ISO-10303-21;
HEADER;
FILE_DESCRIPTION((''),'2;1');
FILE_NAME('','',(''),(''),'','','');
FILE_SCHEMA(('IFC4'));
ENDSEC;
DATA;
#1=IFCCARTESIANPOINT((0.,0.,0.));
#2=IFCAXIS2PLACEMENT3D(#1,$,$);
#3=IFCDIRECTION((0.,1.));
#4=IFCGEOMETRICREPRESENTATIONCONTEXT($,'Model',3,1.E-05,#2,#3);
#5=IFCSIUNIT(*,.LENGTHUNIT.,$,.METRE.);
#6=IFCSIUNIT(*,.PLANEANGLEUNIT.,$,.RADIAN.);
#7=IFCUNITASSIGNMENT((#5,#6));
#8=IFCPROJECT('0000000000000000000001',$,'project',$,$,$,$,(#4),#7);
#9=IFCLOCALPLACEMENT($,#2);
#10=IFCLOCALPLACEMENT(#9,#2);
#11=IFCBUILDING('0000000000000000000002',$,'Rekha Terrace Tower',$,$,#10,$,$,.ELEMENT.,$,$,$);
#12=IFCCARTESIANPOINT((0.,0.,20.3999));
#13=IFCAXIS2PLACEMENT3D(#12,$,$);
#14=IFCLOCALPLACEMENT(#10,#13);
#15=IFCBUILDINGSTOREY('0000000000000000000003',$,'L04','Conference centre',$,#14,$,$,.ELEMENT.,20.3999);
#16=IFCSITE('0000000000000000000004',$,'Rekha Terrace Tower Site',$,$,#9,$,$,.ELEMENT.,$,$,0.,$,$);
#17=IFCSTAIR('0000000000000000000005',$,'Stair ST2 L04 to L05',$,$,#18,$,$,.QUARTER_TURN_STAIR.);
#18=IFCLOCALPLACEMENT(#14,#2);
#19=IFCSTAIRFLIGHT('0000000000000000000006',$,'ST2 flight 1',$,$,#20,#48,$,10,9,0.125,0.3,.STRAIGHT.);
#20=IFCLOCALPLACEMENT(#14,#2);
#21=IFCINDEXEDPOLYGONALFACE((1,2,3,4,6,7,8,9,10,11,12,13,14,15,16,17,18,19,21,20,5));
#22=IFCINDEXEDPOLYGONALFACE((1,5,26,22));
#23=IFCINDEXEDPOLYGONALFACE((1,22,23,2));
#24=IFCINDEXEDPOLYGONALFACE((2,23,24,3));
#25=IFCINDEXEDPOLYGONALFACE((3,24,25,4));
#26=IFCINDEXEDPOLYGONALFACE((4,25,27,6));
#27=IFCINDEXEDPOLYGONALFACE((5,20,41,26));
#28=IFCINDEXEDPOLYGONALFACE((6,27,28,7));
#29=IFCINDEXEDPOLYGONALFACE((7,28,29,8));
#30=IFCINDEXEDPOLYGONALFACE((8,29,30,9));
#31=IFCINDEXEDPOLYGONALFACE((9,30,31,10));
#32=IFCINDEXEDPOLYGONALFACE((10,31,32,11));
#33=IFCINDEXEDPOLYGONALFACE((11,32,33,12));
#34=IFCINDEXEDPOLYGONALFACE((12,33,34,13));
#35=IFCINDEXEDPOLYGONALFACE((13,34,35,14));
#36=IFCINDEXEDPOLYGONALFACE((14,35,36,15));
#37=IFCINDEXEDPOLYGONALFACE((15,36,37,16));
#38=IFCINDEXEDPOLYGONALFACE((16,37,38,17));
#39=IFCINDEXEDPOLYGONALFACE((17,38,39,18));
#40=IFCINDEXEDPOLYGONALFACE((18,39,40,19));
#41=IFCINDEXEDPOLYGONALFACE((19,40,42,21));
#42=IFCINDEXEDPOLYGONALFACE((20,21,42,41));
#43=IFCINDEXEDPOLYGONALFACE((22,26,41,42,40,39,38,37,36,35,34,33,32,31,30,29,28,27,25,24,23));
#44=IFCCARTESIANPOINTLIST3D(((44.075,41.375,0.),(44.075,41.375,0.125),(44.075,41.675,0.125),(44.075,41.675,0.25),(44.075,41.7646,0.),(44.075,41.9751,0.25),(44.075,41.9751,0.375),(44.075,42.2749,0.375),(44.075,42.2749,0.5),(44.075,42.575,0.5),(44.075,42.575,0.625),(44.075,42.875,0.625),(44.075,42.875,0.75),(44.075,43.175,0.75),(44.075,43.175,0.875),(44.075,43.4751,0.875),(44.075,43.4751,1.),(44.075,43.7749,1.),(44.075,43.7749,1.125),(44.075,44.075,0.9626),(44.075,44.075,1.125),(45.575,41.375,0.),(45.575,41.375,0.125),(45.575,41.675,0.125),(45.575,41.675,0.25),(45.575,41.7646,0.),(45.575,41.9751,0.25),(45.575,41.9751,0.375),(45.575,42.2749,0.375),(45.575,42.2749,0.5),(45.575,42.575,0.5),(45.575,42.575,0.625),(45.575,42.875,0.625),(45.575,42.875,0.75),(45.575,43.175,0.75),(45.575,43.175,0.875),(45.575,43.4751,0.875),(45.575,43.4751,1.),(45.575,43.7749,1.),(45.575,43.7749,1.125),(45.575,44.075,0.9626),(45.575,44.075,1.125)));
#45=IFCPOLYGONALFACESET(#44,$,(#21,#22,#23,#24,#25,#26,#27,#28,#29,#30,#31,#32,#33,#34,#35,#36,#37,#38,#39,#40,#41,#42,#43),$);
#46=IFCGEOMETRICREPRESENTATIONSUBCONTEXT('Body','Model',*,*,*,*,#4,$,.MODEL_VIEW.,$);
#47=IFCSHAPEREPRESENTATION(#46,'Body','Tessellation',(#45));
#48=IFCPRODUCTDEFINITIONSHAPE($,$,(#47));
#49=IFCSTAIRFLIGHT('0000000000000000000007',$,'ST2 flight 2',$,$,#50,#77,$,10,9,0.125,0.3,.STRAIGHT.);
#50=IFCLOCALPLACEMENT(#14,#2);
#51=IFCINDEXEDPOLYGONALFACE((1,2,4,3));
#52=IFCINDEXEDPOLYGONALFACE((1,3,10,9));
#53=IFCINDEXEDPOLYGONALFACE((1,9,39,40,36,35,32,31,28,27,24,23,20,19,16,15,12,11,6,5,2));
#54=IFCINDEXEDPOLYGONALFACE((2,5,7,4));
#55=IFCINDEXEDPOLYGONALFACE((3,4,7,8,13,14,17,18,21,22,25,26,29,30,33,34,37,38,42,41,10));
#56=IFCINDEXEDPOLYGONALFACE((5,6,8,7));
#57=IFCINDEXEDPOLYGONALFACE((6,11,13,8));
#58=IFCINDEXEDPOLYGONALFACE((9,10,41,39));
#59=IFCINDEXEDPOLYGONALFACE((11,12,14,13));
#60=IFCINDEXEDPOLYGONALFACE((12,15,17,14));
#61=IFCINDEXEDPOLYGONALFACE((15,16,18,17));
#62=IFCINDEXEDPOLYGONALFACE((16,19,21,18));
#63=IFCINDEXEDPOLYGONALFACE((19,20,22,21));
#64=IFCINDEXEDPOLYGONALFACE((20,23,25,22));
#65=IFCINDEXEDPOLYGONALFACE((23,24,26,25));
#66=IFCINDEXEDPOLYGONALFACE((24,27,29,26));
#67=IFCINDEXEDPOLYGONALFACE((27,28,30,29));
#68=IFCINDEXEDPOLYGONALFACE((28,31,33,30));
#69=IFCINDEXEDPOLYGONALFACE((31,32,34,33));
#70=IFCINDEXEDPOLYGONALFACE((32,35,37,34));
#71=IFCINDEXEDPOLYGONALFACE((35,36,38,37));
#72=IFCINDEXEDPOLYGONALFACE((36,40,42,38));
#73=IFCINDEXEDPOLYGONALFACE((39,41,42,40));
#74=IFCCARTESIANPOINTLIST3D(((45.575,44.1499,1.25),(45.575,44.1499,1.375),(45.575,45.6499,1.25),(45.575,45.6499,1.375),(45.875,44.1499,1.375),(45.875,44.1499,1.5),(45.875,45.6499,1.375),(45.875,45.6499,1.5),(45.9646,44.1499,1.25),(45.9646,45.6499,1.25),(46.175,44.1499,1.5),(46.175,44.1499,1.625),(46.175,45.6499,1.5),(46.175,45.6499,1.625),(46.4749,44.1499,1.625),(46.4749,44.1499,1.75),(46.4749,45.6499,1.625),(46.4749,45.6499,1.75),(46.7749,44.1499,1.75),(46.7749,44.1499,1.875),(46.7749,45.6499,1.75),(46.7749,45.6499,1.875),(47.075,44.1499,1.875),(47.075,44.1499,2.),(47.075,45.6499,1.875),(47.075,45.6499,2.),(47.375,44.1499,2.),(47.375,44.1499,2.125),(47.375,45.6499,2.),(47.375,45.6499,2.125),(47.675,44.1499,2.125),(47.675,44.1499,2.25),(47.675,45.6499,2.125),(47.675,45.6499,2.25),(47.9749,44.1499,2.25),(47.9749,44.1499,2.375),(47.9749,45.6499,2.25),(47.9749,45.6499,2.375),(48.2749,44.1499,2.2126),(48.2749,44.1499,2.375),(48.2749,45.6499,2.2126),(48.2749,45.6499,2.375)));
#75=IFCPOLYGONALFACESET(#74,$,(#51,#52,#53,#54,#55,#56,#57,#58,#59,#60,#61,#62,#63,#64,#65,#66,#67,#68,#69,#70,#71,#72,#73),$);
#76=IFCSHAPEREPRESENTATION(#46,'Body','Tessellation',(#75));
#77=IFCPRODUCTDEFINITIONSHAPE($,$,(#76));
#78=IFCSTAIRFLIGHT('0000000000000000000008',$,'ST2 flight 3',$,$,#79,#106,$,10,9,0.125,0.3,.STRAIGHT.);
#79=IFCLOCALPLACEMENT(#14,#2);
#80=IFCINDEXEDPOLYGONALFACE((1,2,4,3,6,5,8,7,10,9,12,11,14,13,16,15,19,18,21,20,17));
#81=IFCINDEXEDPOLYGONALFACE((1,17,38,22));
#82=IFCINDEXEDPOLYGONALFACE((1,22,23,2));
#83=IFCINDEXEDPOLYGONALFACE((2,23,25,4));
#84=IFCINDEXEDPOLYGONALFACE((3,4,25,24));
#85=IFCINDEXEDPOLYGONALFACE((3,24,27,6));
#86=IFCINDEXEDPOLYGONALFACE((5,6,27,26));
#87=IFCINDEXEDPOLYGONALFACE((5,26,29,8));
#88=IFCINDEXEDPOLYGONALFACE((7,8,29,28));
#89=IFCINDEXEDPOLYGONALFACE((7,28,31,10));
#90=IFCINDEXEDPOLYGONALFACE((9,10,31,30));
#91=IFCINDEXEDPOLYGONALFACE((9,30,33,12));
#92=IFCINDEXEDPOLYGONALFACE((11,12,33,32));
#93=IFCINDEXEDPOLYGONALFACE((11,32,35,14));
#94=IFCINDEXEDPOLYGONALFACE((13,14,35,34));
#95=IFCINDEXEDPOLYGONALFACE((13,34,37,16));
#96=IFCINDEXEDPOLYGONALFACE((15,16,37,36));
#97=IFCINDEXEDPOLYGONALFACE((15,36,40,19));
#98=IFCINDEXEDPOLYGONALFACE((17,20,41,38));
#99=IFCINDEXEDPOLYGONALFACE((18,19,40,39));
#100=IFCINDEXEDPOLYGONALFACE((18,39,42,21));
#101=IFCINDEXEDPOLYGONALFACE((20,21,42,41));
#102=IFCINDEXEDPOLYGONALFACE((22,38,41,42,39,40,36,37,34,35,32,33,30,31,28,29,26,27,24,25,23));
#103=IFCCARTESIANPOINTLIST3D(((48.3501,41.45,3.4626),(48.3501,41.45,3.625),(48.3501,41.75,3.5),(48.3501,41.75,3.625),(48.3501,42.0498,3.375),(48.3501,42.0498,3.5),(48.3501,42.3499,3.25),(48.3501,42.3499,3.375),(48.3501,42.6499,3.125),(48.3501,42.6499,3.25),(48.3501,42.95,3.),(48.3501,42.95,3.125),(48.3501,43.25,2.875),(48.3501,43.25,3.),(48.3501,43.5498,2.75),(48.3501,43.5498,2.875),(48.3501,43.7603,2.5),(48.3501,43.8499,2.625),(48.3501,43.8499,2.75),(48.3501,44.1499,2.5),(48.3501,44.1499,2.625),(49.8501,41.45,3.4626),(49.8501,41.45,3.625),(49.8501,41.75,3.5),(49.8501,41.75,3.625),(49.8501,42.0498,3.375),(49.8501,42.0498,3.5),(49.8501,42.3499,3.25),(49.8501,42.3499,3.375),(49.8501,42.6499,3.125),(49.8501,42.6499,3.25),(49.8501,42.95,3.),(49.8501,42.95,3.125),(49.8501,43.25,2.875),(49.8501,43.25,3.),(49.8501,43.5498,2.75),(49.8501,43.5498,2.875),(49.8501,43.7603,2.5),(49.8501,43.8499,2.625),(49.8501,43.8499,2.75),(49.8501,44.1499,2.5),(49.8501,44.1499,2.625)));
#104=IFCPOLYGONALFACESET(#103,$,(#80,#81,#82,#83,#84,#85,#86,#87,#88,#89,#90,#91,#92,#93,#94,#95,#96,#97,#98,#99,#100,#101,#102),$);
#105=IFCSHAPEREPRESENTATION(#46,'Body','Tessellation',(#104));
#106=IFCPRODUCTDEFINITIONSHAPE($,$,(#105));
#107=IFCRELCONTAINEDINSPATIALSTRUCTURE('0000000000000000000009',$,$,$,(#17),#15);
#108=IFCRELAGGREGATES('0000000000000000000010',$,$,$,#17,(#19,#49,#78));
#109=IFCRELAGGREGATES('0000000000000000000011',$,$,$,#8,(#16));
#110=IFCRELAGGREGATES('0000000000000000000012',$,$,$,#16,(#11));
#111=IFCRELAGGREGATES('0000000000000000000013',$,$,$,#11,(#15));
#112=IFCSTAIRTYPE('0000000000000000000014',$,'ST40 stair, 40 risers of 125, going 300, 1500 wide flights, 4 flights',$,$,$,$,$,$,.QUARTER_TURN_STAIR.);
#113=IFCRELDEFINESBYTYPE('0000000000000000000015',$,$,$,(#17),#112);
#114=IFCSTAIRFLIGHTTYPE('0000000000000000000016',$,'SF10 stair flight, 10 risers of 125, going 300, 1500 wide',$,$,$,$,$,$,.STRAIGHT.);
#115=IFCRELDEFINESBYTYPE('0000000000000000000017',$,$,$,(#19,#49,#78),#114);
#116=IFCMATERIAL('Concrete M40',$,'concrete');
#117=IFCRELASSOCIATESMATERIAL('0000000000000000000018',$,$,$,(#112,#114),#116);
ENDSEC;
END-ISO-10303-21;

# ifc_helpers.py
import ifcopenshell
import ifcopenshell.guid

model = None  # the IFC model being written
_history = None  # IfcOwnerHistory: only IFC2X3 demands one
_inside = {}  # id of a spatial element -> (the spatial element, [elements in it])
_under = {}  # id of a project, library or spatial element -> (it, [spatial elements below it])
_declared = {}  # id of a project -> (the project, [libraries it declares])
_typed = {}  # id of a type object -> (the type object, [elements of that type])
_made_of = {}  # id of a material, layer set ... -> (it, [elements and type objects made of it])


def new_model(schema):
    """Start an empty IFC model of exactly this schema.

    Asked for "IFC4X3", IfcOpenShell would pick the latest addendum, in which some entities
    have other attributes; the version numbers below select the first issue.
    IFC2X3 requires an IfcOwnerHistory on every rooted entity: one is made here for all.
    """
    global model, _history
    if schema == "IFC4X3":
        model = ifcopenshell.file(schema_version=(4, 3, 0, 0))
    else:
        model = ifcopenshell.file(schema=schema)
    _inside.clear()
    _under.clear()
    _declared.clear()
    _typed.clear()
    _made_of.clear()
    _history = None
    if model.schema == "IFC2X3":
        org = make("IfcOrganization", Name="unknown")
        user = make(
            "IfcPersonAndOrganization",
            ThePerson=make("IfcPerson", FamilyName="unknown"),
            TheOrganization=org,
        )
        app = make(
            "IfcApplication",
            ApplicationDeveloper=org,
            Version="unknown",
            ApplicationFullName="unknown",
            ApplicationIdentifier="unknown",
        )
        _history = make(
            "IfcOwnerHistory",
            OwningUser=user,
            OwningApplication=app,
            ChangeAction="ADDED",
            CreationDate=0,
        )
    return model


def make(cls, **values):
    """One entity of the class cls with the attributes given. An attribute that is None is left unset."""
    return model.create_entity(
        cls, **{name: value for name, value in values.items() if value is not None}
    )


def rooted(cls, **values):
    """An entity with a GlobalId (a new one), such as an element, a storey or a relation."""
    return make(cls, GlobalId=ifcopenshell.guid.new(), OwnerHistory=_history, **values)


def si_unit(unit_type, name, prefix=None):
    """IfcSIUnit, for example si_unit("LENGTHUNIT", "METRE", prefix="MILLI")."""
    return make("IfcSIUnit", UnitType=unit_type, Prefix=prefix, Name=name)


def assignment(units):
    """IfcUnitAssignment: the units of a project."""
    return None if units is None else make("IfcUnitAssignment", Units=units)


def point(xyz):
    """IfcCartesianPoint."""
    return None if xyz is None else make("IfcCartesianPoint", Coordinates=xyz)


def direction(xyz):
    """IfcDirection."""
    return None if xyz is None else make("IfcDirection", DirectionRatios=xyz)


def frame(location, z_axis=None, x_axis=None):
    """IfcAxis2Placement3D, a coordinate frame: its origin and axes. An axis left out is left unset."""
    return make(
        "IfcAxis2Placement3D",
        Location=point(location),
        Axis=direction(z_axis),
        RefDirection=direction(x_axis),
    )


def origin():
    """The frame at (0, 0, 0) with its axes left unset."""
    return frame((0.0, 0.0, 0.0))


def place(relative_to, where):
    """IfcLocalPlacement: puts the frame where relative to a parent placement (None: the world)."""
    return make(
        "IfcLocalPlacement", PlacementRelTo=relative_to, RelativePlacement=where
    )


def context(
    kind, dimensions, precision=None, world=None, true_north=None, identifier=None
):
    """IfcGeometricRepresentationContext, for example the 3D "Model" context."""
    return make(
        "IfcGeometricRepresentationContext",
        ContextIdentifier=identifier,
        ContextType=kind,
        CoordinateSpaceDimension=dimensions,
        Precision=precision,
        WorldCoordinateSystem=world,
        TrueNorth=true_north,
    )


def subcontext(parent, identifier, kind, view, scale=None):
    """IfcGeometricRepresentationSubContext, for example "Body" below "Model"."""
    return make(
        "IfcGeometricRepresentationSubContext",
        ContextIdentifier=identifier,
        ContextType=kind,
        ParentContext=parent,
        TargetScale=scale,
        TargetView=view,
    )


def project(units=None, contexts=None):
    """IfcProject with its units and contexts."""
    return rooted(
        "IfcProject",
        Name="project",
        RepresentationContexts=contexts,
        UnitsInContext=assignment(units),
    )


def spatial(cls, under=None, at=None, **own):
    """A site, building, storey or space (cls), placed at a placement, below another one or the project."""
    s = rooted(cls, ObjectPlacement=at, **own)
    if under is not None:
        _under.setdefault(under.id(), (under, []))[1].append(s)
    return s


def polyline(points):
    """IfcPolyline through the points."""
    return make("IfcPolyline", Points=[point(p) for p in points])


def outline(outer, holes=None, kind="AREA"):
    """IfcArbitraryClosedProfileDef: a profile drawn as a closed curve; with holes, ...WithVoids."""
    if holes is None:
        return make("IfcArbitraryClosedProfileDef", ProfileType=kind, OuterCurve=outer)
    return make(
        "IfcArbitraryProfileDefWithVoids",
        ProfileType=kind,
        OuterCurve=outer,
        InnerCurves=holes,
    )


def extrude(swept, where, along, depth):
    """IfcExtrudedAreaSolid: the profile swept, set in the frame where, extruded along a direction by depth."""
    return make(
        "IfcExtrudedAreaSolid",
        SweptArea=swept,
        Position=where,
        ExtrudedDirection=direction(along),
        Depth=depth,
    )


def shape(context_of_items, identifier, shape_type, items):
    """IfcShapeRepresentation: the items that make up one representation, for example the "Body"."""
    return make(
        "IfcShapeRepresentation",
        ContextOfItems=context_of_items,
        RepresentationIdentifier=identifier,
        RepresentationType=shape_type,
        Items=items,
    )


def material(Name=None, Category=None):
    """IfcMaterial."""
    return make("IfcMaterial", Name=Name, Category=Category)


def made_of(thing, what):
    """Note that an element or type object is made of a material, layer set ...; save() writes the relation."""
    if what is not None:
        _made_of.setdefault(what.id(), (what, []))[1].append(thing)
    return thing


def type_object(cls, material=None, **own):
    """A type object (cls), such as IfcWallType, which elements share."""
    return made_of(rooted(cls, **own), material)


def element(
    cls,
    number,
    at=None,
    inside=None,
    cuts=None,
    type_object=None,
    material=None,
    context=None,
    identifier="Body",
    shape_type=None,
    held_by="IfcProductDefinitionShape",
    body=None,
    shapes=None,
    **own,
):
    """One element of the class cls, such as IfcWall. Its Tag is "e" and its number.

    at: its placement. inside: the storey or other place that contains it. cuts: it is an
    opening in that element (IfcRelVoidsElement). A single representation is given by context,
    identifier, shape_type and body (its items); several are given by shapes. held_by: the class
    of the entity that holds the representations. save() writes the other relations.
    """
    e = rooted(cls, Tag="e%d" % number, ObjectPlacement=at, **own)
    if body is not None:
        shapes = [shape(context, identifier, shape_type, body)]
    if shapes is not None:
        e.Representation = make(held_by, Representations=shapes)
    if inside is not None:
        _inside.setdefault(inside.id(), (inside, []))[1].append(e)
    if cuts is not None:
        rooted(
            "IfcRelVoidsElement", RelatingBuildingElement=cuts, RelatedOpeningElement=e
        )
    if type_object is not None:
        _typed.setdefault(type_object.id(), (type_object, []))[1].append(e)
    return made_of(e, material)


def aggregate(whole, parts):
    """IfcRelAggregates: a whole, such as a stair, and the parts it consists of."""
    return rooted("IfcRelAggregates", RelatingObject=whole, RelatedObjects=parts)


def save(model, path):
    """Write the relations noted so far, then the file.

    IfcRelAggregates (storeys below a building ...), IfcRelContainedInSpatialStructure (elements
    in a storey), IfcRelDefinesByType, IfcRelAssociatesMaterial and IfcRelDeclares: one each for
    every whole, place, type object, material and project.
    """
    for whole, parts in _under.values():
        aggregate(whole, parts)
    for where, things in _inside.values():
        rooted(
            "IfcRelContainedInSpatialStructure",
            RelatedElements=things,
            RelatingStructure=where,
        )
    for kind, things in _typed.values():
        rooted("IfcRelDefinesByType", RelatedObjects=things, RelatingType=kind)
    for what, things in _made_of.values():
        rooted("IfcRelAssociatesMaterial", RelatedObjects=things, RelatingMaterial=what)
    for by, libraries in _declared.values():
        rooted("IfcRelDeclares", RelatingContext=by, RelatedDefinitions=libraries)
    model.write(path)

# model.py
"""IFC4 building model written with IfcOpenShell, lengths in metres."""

from ifc_helpers import new_model, si_unit, direction, frame, origin, place, context, subcontext, project, spatial, polyline, outline, extrude, material, type_object, element, aggregate, save


model = new_model("IFC4")

# Units and contexts
model_context = context("Model", 3, precision=1e-05, world=origin(), true_north=direction((0.0, 1.0)))
body_context = subcontext(model_context, "Body", "Model", "MODEL_VIEW")
ifc_project = project(units=[si_unit("LENGTHUNIT", "METRE"), si_unit("PLANEANGLEUNIT", "RADIAN")], contexts=[model_context])

# Site, building, storey
site_placement = place(None, origin())
site = spatial("IfcSite", under=ifc_project, at=site_placement, Name="Rekha Terrace Tower Site", CompositionType="ELEMENT", RefElevation=0.0)
building_placement = place(site_placement, origin())
building = spatial("IfcBuilding", under=site, at=building_placement, Name="Rekha Terrace Tower", CompositionType="ELEMENT")
storey_placement = place(building_placement, frame((0.0, 0.0, 20.3999)))
storey = spatial("IfcBuildingStorey", under=building, at=storey_placement, Name="L04", Description="Conference centre", CompositionType="ELEMENT", Elevation=20.3999)

# Stair, stair flights
ifc_material_1 = material(Name="Concrete M40", Category="concrete")
stair_type = type_object("IfcStairType", Name="ST40 stair, 40 risers of 125, going 300, 1500 wide flights, 4 flights", PredefinedType="QUARTER_TURN_STAIR", material=ifc_material_1)
stair_placement = place(storey_placement, origin())
stair = element("IfcStair", 1, at=stair_placement, inside=storey, type_object=stair_type, Name="Stair ST2 L04 to L05", PredefinedType="QUARTER_TURN_STAIR")
stair_flight_type = type_object("IfcStairFlightType", Name="SF10 stair flight, 10 risers of 125, going 300, 1500 wide", PredefinedType="STRAIGHT", material=ifc_material_1)
stair_flight_1_placement = place(storey_placement, frame((44.825, 41.375, 0.0), z_axis=(0.0, 0.0, 1.0), x_axis=(0.0, 1.0, 0.0)))
stair_flight_1 = element("IfcStairFlight", 2, at=stair_flight_1_placement, type_object=stair_flight_type, Name="ST2 flight 1", NumberOfRisers=10, NumberOfTreads=9, PredefinedType="STRAIGHT", RiserHeight=0.125, TreadLength=0.3, context=body_context, shape_type="SweptSolid", body=[
    extrude(outline(polyline([(0.0, 0.0), (0.0, 0.125), (0.3, 0.125), (0.3, 0.25), (0.6001, 0.25), (0.6001, 0.375), (0.8999, 0.375), (0.8999, 0.5), (1.2, 0.5), (1.2, 0.625), (1.5, 0.625), (1.5, 0.75), (1.8, 0.75), (1.8, 0.875), (2.1001, 0.875), (2.1001, 1.0), (2.3999, 1.0), (2.3999, 1.125), (2.7, 1.125), (2.7, 1.25), (2.7, 0.9626), (0.3896, 0.0), (0.0, 0.0)])), frame((0.0, 0.75, 0.0), z_axis=(0.0, -1.0, 0.0), x_axis=(1.0, 0.0, 0.0)), (0.0, 0.0, 1.0), 1.5),
])
stair_flight_2_placement = place(storey_placement, frame((45.575, 44.8999, 1.25), z_axis=(0.0, 0.0, 1.0), x_axis=(1.0, 0.0, 0.0)))
stair_flight_2 = element("IfcStairFlight", 3, at=stair_flight_2_placement, type_object=stair_flight_type, Name="ST2 flight 2", NumberOfRisers=10, NumberOfTreads=9, PredefinedType="STRAIGHT", RiserHeight=0.125, TreadLength=0.3, context=body_context, shape_type="SweptSolid", body=[
    extrude(outline(polyline([(0.0, 0.0), (0.0, 0.125), (0.3, 0.125), (0.3, 0.25), (0.6001, 0.25), (0.6001, 0.375), (0.8999, 0.375), (0.8999, 0.5), (1.2, 0.5), (1.2, 0.625), (1.5, 0.625), (1.5, 0.75), (1.8, 0.75), (1.8, 0.875), (2.1001, 0.875), (2.1001, 1.0), (2.3999, 1.0), (2.3999, 1.125), (2.7, 1.125), (2.7, 1.25), (2.7, 0.9626), (0.3896, 0.0), (0.0, 0.0)])), frame((0.0, 0.75, 0.0), z_axis=(0.0, -1.0, 0.0), x_axis=(1.0, 0.0, 0.0)), (0.0, 0.0, 1.0), 1.5),
])
stair_flight_3_placement = place(storey_placement, frame((49.1001, 44.1499, 2.5), z_axis=(0.0, 0.0, 1.0), x_axis=(0.0, -1.0, 0.0)))
stair_flight_3 = element("IfcStairFlight", 4, at=stair_flight_3_placement, type_object=stair_flight_type, Name="ST2 flight 3", NumberOfRisers=10, NumberOfTreads=9, PredefinedType="STRAIGHT", RiserHeight=0.125, TreadLength=0.3, context=body_context, shape_type="SweptSolid", body=[
    extrude(outline(polyline([(0.0, 0.0), (0.0, 0.125), (0.3, 0.125), (0.3, 0.25), (0.6001, 0.25), (0.6001, 0.375), (0.8999, 0.375), (0.8999, 0.5), (1.2, 0.5), (1.2, 0.625), (1.5, 0.625), (1.5, 0.75), (1.8, 0.75), (1.8, 0.875), (2.1001, 0.875), (2.1001, 1.0), (2.3999, 1.0), (2.3999, 1.125), (2.7, 1.125), (2.7, 1.25), (2.7, 0.9626), (0.3896, 0.0), (0.0, 0.0)])), frame((0.0, 0.75, 0.0), z_axis=(0.0, -1.0, 0.0), x_axis=(1.0, 0.0, 0.0)), (0.0, 0.0, 1.0), 1.5),
])
aggregate(stair, [stair_flight_1, stair_flight_2, stair_flight_3])

save(model, "model.ifc")
